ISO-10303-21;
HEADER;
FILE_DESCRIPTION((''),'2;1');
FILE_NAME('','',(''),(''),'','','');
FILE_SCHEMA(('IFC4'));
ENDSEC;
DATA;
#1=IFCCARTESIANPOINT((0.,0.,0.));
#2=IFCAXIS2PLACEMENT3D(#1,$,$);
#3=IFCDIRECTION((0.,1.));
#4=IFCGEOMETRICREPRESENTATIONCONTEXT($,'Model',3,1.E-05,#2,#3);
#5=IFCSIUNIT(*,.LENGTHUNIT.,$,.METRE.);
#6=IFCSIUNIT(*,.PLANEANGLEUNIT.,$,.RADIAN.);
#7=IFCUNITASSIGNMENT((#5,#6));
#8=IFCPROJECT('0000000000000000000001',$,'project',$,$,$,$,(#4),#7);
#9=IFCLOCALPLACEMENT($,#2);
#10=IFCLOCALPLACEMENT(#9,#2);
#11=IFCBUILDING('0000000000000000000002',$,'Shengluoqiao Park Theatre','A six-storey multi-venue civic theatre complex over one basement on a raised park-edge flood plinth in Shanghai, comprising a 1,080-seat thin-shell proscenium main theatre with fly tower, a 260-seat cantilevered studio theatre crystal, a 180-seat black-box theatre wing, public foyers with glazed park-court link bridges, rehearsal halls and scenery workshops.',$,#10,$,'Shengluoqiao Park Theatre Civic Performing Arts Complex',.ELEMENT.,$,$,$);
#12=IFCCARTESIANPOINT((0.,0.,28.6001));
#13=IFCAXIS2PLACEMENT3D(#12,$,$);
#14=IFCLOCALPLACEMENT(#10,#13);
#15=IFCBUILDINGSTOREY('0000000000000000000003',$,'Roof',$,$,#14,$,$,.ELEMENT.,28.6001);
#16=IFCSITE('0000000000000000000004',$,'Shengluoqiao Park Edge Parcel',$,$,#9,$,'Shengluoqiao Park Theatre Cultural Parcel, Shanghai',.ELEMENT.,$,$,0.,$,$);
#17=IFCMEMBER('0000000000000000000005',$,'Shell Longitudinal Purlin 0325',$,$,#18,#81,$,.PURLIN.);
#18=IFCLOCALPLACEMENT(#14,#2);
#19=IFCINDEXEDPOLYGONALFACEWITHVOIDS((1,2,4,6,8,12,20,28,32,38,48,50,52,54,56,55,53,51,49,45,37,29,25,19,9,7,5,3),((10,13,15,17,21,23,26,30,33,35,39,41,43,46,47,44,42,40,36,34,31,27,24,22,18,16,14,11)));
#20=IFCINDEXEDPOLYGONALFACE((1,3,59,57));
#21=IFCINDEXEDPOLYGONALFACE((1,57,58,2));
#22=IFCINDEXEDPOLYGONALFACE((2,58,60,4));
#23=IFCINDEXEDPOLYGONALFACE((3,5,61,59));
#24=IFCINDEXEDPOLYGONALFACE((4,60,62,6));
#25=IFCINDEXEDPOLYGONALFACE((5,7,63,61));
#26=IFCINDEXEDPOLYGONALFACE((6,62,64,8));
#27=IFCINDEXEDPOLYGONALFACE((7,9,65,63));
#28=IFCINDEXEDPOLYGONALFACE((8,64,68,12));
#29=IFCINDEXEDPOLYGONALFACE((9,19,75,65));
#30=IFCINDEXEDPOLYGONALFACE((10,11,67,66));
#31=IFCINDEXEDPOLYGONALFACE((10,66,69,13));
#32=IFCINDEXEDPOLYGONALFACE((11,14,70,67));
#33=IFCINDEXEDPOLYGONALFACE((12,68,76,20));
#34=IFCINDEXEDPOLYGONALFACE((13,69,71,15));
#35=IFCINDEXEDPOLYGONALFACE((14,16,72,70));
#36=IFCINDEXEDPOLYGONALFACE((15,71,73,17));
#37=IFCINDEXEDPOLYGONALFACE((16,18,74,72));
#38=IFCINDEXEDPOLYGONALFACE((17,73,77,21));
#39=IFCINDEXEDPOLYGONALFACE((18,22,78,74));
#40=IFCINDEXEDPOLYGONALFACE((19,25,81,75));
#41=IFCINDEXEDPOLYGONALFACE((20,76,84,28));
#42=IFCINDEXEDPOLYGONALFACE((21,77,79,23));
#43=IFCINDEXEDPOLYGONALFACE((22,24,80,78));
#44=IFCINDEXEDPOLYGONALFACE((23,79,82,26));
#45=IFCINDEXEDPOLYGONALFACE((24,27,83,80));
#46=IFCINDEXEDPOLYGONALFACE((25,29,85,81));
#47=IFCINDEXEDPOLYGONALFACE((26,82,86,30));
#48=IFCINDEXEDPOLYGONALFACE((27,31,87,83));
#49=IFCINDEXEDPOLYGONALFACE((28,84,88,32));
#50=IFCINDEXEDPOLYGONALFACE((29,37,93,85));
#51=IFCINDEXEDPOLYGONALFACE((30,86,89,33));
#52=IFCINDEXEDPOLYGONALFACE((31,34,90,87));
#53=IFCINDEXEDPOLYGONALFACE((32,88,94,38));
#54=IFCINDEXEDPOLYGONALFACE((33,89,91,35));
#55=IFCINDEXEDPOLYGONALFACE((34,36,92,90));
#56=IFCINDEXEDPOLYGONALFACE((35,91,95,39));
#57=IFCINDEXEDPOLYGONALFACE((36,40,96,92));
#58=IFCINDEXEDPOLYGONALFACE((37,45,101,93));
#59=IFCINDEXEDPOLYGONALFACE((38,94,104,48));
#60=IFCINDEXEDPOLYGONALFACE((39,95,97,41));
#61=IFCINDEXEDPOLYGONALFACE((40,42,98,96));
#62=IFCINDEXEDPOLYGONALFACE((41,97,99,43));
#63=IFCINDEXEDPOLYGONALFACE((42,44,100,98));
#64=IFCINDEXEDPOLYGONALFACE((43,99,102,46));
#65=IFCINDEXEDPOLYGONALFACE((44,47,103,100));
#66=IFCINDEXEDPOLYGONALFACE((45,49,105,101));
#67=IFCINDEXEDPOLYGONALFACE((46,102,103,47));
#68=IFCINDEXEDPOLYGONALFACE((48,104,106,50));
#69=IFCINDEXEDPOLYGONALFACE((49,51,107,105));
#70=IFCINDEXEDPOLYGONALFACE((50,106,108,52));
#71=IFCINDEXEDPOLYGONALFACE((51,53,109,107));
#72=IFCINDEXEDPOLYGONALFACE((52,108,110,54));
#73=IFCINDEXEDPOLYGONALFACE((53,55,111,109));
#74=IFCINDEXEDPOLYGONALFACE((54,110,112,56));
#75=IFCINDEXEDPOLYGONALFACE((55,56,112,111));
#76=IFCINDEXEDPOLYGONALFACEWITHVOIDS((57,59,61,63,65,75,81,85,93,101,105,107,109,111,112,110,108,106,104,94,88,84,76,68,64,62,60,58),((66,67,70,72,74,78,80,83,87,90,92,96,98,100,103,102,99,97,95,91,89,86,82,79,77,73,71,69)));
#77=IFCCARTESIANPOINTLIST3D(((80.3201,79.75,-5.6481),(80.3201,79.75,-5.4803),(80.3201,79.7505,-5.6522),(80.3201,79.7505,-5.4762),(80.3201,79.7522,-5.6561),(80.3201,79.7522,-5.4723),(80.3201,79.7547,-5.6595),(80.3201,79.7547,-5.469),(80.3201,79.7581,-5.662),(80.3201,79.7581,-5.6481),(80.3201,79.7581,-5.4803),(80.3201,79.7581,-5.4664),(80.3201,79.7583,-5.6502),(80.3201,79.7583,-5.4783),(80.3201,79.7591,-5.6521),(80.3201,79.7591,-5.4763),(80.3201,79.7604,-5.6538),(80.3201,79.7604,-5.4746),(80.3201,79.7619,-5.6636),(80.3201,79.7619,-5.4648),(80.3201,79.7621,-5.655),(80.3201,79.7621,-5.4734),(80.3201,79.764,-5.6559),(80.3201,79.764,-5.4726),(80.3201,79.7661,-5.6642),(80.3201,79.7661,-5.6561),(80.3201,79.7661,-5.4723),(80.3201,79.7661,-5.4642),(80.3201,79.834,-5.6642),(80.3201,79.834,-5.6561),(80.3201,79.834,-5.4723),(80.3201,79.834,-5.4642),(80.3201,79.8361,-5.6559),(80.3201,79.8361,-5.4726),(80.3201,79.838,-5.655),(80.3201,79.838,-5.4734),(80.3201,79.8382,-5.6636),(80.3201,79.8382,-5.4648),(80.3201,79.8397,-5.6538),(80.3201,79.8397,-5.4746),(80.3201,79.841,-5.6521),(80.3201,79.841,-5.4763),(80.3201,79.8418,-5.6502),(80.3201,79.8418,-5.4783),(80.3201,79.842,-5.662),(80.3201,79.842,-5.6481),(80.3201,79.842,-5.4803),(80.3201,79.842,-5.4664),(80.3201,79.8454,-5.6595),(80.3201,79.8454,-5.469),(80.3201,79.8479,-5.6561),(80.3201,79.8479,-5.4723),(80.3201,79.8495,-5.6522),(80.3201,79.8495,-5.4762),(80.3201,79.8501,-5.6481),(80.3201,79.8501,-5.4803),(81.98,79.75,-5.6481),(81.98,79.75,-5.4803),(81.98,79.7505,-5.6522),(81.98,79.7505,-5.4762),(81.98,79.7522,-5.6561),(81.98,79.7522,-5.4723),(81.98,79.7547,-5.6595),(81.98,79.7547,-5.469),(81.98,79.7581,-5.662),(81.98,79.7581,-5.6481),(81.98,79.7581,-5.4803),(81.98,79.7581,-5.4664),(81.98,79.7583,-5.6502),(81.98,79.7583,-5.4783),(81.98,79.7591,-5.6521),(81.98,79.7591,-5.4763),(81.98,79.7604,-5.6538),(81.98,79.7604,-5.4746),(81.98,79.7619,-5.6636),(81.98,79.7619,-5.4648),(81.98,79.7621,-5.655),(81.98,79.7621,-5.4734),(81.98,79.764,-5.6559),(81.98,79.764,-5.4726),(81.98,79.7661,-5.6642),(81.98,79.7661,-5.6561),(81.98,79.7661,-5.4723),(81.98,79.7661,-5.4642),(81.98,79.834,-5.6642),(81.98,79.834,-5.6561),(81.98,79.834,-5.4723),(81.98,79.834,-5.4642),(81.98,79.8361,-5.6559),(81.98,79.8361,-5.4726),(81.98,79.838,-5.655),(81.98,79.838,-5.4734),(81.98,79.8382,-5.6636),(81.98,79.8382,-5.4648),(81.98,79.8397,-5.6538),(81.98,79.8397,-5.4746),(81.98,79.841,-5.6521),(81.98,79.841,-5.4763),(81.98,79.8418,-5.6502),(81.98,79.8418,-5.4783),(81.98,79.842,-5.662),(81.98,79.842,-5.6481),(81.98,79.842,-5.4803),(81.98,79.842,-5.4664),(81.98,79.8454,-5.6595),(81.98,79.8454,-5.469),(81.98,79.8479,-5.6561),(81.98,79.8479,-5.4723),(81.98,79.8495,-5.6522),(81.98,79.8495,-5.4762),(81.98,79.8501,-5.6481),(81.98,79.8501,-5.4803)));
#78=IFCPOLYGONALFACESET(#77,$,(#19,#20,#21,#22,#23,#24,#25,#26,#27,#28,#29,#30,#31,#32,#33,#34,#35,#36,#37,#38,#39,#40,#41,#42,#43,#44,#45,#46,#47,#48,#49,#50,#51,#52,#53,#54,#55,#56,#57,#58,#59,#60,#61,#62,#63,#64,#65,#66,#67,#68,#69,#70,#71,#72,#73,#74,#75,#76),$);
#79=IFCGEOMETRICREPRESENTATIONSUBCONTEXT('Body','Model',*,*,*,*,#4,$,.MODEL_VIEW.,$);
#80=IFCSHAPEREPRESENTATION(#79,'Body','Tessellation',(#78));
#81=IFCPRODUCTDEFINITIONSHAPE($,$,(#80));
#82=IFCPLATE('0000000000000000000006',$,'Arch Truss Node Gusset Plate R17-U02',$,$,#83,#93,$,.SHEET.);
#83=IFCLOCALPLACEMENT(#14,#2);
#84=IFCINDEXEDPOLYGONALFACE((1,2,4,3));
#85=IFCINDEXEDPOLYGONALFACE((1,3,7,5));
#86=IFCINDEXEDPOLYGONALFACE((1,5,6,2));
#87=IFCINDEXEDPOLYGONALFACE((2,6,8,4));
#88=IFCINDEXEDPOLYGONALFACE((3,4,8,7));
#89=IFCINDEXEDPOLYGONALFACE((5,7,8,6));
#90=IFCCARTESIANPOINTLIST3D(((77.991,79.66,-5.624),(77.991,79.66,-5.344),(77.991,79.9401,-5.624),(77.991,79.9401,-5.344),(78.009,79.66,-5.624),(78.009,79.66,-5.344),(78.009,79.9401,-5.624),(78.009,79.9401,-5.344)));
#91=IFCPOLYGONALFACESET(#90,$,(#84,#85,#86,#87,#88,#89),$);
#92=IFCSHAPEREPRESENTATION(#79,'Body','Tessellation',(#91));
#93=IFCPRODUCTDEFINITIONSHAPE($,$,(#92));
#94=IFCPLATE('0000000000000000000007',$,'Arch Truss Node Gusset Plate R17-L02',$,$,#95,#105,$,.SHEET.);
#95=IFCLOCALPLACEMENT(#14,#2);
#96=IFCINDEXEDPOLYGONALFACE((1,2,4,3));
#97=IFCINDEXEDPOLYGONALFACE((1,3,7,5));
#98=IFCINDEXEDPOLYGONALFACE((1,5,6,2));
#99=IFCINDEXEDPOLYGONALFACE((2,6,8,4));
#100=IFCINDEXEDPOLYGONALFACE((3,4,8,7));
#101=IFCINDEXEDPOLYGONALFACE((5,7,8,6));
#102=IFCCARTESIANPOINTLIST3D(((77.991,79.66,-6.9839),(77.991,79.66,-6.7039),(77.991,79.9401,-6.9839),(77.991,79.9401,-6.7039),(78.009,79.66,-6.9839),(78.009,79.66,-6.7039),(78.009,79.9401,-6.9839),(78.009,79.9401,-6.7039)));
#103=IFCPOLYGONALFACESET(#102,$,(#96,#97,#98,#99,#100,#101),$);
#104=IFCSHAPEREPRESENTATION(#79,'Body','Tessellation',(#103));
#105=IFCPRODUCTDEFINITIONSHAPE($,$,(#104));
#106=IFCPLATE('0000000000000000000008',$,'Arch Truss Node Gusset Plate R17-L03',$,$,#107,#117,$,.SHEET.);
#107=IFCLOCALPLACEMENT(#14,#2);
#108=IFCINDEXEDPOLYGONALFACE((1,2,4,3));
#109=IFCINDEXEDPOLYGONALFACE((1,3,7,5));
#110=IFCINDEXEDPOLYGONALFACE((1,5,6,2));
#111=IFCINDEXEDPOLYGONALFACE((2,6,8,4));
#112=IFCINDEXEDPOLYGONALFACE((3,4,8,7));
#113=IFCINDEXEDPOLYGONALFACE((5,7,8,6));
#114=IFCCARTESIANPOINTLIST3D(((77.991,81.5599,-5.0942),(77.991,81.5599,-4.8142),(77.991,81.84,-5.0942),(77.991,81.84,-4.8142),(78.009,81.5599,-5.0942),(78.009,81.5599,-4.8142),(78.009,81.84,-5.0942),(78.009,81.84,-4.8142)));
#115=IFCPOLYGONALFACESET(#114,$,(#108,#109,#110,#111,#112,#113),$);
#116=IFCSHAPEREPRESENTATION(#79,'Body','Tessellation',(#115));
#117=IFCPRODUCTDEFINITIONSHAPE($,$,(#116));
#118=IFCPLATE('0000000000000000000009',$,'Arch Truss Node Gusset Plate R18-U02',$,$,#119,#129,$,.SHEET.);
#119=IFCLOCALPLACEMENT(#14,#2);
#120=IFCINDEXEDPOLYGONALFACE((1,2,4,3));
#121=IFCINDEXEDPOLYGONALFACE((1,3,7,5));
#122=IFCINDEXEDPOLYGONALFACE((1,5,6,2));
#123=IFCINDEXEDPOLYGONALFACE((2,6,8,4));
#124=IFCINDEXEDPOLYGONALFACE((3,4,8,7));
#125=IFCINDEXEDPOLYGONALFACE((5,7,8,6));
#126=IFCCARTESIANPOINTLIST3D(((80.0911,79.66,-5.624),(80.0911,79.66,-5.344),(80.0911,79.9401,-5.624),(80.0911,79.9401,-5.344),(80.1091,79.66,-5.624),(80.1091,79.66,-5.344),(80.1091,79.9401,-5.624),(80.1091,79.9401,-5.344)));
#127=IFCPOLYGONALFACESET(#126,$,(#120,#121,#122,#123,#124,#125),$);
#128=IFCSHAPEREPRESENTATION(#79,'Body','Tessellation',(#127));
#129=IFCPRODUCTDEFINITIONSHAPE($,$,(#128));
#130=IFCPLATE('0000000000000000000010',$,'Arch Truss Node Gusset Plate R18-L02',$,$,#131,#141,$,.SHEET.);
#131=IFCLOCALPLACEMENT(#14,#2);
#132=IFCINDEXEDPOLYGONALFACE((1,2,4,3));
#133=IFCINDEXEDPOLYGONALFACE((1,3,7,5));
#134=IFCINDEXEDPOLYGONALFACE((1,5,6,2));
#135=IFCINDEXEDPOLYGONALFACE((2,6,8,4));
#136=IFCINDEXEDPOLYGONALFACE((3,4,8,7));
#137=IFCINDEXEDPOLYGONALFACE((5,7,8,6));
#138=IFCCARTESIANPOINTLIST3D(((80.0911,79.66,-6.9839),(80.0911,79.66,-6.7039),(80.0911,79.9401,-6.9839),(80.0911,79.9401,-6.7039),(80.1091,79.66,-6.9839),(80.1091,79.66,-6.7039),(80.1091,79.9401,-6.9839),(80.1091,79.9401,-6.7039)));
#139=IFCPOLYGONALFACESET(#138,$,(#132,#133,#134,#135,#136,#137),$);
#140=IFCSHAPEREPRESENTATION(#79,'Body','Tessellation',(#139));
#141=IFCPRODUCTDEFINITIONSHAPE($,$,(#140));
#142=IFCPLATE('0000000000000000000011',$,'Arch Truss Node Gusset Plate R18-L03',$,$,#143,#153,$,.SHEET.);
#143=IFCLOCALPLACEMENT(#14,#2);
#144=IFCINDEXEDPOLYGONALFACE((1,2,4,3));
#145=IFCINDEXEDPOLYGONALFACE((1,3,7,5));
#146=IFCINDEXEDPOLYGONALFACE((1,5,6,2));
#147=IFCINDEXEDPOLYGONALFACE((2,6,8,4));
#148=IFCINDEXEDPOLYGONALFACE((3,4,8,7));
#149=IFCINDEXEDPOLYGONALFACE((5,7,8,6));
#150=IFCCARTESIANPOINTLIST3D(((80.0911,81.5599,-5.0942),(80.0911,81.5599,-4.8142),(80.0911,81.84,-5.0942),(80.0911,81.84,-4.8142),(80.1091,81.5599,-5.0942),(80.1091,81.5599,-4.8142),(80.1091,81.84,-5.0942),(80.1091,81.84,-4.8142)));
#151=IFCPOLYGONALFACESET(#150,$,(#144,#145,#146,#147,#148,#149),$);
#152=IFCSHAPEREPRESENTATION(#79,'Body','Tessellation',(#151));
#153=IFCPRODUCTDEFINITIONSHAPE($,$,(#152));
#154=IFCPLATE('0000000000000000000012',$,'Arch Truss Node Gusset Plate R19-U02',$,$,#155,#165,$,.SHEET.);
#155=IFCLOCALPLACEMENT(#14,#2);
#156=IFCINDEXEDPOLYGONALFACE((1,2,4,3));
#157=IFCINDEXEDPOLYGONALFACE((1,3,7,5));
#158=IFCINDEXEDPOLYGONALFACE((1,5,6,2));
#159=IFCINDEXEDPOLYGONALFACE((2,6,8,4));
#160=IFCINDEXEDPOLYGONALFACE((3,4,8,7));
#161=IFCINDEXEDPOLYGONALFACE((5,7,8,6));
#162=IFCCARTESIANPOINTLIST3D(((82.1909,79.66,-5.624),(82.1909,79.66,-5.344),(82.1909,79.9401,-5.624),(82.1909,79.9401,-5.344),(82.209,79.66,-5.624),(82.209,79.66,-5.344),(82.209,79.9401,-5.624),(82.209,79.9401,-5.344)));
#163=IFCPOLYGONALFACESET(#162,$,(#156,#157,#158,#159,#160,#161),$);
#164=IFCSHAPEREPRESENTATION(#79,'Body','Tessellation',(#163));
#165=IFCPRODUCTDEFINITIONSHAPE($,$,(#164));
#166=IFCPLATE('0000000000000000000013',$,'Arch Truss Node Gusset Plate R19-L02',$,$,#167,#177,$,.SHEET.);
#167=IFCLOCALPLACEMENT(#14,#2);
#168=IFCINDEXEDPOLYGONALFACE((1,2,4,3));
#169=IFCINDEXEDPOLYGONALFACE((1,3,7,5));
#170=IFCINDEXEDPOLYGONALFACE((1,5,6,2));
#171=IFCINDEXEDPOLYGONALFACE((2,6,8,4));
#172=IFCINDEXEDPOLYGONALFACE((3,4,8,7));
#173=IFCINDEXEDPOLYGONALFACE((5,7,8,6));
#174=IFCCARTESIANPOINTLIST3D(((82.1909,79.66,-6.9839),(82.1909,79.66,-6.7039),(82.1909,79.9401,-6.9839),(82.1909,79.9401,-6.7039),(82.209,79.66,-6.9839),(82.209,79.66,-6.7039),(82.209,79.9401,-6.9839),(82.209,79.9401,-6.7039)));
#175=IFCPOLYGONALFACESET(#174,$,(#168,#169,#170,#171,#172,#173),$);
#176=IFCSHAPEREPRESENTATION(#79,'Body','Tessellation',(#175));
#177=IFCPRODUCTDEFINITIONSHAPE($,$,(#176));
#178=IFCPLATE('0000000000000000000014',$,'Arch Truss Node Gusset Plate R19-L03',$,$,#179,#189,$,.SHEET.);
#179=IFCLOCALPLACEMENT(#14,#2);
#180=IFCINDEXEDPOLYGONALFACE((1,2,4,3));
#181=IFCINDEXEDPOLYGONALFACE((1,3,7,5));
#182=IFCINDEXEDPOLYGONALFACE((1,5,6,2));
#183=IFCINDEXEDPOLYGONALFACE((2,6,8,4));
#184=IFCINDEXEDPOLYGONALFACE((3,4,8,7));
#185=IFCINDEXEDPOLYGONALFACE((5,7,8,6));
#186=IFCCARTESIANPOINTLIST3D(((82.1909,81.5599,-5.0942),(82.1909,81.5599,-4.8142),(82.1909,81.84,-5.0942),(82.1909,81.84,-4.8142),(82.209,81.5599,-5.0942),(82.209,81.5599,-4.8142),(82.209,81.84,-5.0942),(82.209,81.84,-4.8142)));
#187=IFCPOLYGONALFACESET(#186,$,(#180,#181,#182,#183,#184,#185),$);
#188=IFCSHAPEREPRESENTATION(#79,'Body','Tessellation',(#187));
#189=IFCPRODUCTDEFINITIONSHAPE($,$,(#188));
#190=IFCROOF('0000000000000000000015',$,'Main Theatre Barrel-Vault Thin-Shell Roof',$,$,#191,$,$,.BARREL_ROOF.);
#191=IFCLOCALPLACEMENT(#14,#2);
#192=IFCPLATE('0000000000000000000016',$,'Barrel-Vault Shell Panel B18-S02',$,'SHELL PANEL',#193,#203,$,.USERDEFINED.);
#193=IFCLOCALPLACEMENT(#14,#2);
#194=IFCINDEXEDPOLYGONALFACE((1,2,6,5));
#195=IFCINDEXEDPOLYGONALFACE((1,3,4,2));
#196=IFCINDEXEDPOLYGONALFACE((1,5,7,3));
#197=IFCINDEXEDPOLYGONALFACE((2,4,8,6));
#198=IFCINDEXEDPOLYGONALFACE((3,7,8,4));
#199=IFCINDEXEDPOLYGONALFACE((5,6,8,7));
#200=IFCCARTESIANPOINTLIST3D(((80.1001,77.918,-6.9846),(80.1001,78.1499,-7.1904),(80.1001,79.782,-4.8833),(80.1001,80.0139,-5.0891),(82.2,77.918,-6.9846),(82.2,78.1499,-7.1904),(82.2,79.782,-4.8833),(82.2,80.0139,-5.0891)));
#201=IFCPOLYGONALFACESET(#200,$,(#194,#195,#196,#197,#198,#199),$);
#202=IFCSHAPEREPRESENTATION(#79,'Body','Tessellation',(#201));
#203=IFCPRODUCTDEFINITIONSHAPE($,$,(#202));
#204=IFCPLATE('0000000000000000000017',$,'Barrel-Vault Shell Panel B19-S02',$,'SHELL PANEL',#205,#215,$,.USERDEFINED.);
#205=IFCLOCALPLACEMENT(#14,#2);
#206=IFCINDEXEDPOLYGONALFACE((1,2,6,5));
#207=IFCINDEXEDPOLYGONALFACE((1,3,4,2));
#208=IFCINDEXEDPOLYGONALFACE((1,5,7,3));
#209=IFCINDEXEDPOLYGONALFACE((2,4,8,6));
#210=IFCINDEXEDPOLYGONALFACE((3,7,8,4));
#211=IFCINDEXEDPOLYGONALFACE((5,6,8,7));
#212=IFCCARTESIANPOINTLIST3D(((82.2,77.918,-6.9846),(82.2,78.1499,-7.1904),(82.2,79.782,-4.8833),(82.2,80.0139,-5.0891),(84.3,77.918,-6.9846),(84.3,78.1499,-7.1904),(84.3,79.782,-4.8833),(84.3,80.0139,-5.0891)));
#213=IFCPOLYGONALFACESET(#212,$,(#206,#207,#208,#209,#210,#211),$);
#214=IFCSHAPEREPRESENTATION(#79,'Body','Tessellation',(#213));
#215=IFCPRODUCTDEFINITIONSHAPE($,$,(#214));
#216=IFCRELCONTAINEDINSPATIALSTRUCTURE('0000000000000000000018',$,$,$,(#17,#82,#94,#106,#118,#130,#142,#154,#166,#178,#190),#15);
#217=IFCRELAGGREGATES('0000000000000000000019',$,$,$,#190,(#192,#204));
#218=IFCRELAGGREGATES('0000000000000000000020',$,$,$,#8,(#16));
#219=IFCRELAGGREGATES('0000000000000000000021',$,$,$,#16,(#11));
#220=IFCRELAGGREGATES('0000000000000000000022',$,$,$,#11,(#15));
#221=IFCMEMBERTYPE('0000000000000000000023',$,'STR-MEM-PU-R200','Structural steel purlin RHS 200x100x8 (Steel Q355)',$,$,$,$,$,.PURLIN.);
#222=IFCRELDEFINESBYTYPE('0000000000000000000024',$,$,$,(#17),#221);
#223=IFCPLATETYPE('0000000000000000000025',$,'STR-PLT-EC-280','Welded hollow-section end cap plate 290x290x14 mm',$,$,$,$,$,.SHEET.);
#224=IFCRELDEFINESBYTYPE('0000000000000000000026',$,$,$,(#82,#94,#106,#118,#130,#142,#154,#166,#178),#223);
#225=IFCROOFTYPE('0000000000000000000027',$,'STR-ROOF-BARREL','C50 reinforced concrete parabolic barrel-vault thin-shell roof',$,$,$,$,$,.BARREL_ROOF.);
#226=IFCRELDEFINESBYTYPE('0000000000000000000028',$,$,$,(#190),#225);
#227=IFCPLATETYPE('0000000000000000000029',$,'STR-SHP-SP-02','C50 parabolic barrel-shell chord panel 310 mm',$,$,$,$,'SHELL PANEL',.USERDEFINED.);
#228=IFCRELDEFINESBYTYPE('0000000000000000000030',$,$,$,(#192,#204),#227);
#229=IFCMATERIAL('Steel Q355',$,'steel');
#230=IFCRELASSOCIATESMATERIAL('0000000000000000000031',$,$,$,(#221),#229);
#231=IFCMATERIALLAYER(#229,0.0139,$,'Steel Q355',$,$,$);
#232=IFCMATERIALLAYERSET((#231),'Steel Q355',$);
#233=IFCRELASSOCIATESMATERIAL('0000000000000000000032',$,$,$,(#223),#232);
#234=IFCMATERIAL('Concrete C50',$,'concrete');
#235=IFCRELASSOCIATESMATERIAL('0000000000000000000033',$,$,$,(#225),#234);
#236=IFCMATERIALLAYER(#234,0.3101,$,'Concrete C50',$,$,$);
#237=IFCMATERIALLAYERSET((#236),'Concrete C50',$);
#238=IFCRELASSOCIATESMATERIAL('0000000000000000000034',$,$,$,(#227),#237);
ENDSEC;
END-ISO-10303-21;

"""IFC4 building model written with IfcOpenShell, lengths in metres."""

from ifc_helpers import new_model, si_unit, direction, frame, origin, origin_2d, place, context, subcontext, project, spatial, polyline, rectangle, hollow_rectangle, outline, extrude, material, layer, layer_set, material_profile, profile_set, type_object, element, aggregate, save


model = new_model("IFC4")

# Units and contexts
model_context = context("Model", 3, precision=1e-05, world=origin(), true_north=direction((0.0, 1.0)))
body_context = subcontext(model_context, "Body", "Model", "MODEL_VIEW")
ifc_project = project(units=[si_unit("LENGTHUNIT", "METRE"), si_unit("PLANEANGLEUNIT", "RADIAN")], contexts=[model_context])

# Site, building, storey
site_placement = place(None, origin())
site = spatial("IfcSite", under=ifc_project, at=site_placement, Name="Shengluoqiao Park Edge Parcel", LongName="Shengluoqiao Park Theatre Cultural Parcel, Shanghai", CompositionType="ELEMENT", RefElevation=0.0)
building_placement = place(site_placement, origin())
building = spatial("IfcBuilding", under=site, at=building_placement, Name="Shengluoqiao Park Theatre", Description="A six-storey multi-venue civic theatre complex over one basement on a raised park-edge flood plinth in Shanghai, comprising a 1,080-seat thin-shell proscenium main theatre with fly tower, a 260-seat cantilevered studio theatre crystal, a 180-seat black-box theatre wing, public foyers with glazed park-court link bridges, rehearsal halls and scenery workshops.", LongName="Shengluoqiao Park Theatre Civic Performing Arts Complex", CompositionType="ELEMENT")
storey_placement = place(building_placement, frame((0.0, 0.0, 28.6001)))
storey = spatial("IfcBuildingStorey", under=building, at=storey_placement, Name="Roof", CompositionType="ELEMENT", Elevation=28.6001)

# Shared definitions
ifc_material_1 = material(Name="Concrete C50", Category="concrete")
ifc_material_2 = material(Name="Steel Q355", Category="steel")

# Member
ifc_material_profile_1 = material_profile(ifc_material_2, hollow_rectangle(XDim=0.1001, YDim=0.2, WallThickness=0.0081, InnerFilletRadius=0.0081, OuterFilletRadius=0.0161, at=origin_2d()), Name="RHS 200x100x8")
ifc_profile_set_1 = profile_set([ifc_material_profile_1], Name="Steel Q355")
member_type_1 = type_object("IfcMemberType", Name="STR-MEM-PU-R200", Description="Structural steel purlin RHS 200x100x8 (Steel Q355)", PredefinedType="PURLIN", material=ifc_profile_set_1)
for number, where, z_axis, x_axis, name in (
    (1, (80.3201, 79.8, -5.5642), (1.0, 0.0, 0.0), (0.0, 1.0, 0.0), "Shell Longitudinal Purlin 0325"),
):
    element("IfcMember", number, at=place(storey_placement, frame(where, z_axis=z_axis, x_axis=x_axis)), inside=storey, type_object=member_type_1, Name=name, PredefinedType="PURLIN", context=body_context, shape_type="SweptSolid", body=[
        extrude(hollow_rectangle(XDim=0.1001, YDim=0.2, WallThickness=0.0081, InnerFilletRadius=0.0081, OuterFilletRadius=0.0161, at=origin_2d()), origin(), (0.0, 0.0, 1.0), 1.6599),
    ])

# Plates
ifc_layer_1 = layer(ifc_material_2, 0.0139, Name="Steel Q355")
ifc_layer_set_1 = layer_set([ifc_layer_1], Name="Steel Q355")
plate_type_1 = type_object("IfcPlateType", Name="STR-PLT-EC-280", Description="Welded hollow-section end cap plate 290x290x14 mm", PredefinedType="SHEET", material=ifc_layer_set_1)
for number, where, z_axis, x_axis, name in (
    (2, (78.0, 79.8, -5.624), (0.0, 0.0, 1.0), (1.0, 0.0, 0.0), "Arch Truss Node Gusset Plate R17-U02"),
    (3, (78.0, 79.8, -6.9839), (0.0, 0.0, 1.0), (1.0, 0.0, 0.0), "Arch Truss Node Gusset Plate R17-L02"),
    (4, (78.0, 81.7, -5.0942), (0.0, 0.0, 1.0), (1.0, 0.0, 0.0), "Arch Truss Node Gusset Plate R17-L03"),
    (5, (80.1001, 79.8, -5.624), (0.0, 0.0, 1.0), (1.0, 0.0, 0.0), "Arch Truss Node Gusset Plate R18-U02"),
    (6, (80.1001, 79.8, -6.9839), (0.0, 0.0, 1.0), (1.0, 0.0, 0.0), "Arch Truss Node Gusset Plate R18-L02"),
    (7, (80.1001, 81.7, -5.0942), (0.0, 0.0, 1.0), (1.0, 0.0, 0.0), "Arch Truss Node Gusset Plate R18-L03"),
    (8, (82.2, 79.8, -5.624), (0.0, 0.0, 1.0), (1.0, 0.0, 0.0), "Arch Truss Node Gusset Plate R19-U02"),
    (9, (82.2, 79.8, -6.9839), (0.0, 0.0, 1.0), (1.0, 0.0, 0.0), "Arch Truss Node Gusset Plate R19-L02"),
    (10, (82.2, 81.7, -5.0942), (0.0, 0.0, 1.0), (1.0, 0.0, 0.0), "Arch Truss Node Gusset Plate R19-L03"),
):
    element("IfcPlate", number, at=place(storey_placement, frame(where, z_axis=z_axis, x_axis=x_axis)), inside=storey, type_object=plate_type_1, Name=name, PredefinedType="SHEET", context=body_context, shape_type="SweptSolid", body=[
        extrude(rectangle(XDim=0.0181, YDim=0.28, at=origin_2d()), origin(), (0.0, 0.0, 1.0), 0.28),
    ])

# Roof, plates
roof_type = type_object("IfcRoofType", Name="STR-ROOF-BARREL", Description="C50 reinforced concrete parabolic barrel-vault thin-shell roof", PredefinedType="BARREL_ROOF", material=ifc_material_1)
roof_placement = place(storey_placement, origin())
roof = element("IfcRoof", 11, at=roof_placement, inside=storey, type_object=roof_type, Name="Main Theatre Barrel-Vault Thin-Shell Roof", PredefinedType="BARREL_ROOF")
ifc_layer_2 = layer(ifc_material_1, 0.3101, Name="Concrete C50")
ifc_layer_set_2 = layer_set([ifc_layer_2], Name="Concrete C50")
plate_type_2 = type_object("IfcPlateType", Name="STR-SHP-SP-02", Description="C50 parabolic barrel-shell chord panel 310 mm", ElementType="SHELL PANEL", PredefinedType="USERDEFINED", material=ifc_layer_set_2)
plate_1_placement = place(storey_placement, frame((80.1001, 77.918, -6.9846), z_axis=(0.0, -0.748085, 0.663603), x_axis=(1.0, 0.0, 0.0)))
plate_1 = element("IfcPlate", 12, at=plate_1_placement, type_object=plate_type_2, Name="Barrel-Vault Shell Panel B18-S02", ObjectType="SHELL PANEL", PredefinedType="USERDEFINED", context=body_context, shape_type="SweptSolid", body=[
    extrude(outline(polyline([(0.0, 0.0), (2.0999, 0.0), (2.0999, 2.8089), (0.0, 2.8089), (0.0, 0.0)])), origin(), (0.0, 0.0, -1.0), 0.3101),
])
plate_2_placement = place(storey_placement, frame((82.2, 77.918, -6.9846), z_axis=(0.0, -0.748085, 0.663603), x_axis=(1.0, 0.0, 0.0)))
plate_2 = element("IfcPlate", 13, at=plate_2_placement, type_object=plate_type_2, Name="Barrel-Vault Shell Panel B19-S02", ObjectType="SHELL PANEL", PredefinedType="USERDEFINED", context=body_context, shape_type="SweptSolid", body=[
    extrude(outline(polyline([(0.0, 0.0), (2.1001, 0.0), (2.1001, 2.8089), (0.0, 2.8089), (0.0, 0.0)])), origin(), (0.0, 0.0, -1.0), 0.3101),
])
aggregate(roof, [plate_1, plate_2])

save(model, "model.ifc")
